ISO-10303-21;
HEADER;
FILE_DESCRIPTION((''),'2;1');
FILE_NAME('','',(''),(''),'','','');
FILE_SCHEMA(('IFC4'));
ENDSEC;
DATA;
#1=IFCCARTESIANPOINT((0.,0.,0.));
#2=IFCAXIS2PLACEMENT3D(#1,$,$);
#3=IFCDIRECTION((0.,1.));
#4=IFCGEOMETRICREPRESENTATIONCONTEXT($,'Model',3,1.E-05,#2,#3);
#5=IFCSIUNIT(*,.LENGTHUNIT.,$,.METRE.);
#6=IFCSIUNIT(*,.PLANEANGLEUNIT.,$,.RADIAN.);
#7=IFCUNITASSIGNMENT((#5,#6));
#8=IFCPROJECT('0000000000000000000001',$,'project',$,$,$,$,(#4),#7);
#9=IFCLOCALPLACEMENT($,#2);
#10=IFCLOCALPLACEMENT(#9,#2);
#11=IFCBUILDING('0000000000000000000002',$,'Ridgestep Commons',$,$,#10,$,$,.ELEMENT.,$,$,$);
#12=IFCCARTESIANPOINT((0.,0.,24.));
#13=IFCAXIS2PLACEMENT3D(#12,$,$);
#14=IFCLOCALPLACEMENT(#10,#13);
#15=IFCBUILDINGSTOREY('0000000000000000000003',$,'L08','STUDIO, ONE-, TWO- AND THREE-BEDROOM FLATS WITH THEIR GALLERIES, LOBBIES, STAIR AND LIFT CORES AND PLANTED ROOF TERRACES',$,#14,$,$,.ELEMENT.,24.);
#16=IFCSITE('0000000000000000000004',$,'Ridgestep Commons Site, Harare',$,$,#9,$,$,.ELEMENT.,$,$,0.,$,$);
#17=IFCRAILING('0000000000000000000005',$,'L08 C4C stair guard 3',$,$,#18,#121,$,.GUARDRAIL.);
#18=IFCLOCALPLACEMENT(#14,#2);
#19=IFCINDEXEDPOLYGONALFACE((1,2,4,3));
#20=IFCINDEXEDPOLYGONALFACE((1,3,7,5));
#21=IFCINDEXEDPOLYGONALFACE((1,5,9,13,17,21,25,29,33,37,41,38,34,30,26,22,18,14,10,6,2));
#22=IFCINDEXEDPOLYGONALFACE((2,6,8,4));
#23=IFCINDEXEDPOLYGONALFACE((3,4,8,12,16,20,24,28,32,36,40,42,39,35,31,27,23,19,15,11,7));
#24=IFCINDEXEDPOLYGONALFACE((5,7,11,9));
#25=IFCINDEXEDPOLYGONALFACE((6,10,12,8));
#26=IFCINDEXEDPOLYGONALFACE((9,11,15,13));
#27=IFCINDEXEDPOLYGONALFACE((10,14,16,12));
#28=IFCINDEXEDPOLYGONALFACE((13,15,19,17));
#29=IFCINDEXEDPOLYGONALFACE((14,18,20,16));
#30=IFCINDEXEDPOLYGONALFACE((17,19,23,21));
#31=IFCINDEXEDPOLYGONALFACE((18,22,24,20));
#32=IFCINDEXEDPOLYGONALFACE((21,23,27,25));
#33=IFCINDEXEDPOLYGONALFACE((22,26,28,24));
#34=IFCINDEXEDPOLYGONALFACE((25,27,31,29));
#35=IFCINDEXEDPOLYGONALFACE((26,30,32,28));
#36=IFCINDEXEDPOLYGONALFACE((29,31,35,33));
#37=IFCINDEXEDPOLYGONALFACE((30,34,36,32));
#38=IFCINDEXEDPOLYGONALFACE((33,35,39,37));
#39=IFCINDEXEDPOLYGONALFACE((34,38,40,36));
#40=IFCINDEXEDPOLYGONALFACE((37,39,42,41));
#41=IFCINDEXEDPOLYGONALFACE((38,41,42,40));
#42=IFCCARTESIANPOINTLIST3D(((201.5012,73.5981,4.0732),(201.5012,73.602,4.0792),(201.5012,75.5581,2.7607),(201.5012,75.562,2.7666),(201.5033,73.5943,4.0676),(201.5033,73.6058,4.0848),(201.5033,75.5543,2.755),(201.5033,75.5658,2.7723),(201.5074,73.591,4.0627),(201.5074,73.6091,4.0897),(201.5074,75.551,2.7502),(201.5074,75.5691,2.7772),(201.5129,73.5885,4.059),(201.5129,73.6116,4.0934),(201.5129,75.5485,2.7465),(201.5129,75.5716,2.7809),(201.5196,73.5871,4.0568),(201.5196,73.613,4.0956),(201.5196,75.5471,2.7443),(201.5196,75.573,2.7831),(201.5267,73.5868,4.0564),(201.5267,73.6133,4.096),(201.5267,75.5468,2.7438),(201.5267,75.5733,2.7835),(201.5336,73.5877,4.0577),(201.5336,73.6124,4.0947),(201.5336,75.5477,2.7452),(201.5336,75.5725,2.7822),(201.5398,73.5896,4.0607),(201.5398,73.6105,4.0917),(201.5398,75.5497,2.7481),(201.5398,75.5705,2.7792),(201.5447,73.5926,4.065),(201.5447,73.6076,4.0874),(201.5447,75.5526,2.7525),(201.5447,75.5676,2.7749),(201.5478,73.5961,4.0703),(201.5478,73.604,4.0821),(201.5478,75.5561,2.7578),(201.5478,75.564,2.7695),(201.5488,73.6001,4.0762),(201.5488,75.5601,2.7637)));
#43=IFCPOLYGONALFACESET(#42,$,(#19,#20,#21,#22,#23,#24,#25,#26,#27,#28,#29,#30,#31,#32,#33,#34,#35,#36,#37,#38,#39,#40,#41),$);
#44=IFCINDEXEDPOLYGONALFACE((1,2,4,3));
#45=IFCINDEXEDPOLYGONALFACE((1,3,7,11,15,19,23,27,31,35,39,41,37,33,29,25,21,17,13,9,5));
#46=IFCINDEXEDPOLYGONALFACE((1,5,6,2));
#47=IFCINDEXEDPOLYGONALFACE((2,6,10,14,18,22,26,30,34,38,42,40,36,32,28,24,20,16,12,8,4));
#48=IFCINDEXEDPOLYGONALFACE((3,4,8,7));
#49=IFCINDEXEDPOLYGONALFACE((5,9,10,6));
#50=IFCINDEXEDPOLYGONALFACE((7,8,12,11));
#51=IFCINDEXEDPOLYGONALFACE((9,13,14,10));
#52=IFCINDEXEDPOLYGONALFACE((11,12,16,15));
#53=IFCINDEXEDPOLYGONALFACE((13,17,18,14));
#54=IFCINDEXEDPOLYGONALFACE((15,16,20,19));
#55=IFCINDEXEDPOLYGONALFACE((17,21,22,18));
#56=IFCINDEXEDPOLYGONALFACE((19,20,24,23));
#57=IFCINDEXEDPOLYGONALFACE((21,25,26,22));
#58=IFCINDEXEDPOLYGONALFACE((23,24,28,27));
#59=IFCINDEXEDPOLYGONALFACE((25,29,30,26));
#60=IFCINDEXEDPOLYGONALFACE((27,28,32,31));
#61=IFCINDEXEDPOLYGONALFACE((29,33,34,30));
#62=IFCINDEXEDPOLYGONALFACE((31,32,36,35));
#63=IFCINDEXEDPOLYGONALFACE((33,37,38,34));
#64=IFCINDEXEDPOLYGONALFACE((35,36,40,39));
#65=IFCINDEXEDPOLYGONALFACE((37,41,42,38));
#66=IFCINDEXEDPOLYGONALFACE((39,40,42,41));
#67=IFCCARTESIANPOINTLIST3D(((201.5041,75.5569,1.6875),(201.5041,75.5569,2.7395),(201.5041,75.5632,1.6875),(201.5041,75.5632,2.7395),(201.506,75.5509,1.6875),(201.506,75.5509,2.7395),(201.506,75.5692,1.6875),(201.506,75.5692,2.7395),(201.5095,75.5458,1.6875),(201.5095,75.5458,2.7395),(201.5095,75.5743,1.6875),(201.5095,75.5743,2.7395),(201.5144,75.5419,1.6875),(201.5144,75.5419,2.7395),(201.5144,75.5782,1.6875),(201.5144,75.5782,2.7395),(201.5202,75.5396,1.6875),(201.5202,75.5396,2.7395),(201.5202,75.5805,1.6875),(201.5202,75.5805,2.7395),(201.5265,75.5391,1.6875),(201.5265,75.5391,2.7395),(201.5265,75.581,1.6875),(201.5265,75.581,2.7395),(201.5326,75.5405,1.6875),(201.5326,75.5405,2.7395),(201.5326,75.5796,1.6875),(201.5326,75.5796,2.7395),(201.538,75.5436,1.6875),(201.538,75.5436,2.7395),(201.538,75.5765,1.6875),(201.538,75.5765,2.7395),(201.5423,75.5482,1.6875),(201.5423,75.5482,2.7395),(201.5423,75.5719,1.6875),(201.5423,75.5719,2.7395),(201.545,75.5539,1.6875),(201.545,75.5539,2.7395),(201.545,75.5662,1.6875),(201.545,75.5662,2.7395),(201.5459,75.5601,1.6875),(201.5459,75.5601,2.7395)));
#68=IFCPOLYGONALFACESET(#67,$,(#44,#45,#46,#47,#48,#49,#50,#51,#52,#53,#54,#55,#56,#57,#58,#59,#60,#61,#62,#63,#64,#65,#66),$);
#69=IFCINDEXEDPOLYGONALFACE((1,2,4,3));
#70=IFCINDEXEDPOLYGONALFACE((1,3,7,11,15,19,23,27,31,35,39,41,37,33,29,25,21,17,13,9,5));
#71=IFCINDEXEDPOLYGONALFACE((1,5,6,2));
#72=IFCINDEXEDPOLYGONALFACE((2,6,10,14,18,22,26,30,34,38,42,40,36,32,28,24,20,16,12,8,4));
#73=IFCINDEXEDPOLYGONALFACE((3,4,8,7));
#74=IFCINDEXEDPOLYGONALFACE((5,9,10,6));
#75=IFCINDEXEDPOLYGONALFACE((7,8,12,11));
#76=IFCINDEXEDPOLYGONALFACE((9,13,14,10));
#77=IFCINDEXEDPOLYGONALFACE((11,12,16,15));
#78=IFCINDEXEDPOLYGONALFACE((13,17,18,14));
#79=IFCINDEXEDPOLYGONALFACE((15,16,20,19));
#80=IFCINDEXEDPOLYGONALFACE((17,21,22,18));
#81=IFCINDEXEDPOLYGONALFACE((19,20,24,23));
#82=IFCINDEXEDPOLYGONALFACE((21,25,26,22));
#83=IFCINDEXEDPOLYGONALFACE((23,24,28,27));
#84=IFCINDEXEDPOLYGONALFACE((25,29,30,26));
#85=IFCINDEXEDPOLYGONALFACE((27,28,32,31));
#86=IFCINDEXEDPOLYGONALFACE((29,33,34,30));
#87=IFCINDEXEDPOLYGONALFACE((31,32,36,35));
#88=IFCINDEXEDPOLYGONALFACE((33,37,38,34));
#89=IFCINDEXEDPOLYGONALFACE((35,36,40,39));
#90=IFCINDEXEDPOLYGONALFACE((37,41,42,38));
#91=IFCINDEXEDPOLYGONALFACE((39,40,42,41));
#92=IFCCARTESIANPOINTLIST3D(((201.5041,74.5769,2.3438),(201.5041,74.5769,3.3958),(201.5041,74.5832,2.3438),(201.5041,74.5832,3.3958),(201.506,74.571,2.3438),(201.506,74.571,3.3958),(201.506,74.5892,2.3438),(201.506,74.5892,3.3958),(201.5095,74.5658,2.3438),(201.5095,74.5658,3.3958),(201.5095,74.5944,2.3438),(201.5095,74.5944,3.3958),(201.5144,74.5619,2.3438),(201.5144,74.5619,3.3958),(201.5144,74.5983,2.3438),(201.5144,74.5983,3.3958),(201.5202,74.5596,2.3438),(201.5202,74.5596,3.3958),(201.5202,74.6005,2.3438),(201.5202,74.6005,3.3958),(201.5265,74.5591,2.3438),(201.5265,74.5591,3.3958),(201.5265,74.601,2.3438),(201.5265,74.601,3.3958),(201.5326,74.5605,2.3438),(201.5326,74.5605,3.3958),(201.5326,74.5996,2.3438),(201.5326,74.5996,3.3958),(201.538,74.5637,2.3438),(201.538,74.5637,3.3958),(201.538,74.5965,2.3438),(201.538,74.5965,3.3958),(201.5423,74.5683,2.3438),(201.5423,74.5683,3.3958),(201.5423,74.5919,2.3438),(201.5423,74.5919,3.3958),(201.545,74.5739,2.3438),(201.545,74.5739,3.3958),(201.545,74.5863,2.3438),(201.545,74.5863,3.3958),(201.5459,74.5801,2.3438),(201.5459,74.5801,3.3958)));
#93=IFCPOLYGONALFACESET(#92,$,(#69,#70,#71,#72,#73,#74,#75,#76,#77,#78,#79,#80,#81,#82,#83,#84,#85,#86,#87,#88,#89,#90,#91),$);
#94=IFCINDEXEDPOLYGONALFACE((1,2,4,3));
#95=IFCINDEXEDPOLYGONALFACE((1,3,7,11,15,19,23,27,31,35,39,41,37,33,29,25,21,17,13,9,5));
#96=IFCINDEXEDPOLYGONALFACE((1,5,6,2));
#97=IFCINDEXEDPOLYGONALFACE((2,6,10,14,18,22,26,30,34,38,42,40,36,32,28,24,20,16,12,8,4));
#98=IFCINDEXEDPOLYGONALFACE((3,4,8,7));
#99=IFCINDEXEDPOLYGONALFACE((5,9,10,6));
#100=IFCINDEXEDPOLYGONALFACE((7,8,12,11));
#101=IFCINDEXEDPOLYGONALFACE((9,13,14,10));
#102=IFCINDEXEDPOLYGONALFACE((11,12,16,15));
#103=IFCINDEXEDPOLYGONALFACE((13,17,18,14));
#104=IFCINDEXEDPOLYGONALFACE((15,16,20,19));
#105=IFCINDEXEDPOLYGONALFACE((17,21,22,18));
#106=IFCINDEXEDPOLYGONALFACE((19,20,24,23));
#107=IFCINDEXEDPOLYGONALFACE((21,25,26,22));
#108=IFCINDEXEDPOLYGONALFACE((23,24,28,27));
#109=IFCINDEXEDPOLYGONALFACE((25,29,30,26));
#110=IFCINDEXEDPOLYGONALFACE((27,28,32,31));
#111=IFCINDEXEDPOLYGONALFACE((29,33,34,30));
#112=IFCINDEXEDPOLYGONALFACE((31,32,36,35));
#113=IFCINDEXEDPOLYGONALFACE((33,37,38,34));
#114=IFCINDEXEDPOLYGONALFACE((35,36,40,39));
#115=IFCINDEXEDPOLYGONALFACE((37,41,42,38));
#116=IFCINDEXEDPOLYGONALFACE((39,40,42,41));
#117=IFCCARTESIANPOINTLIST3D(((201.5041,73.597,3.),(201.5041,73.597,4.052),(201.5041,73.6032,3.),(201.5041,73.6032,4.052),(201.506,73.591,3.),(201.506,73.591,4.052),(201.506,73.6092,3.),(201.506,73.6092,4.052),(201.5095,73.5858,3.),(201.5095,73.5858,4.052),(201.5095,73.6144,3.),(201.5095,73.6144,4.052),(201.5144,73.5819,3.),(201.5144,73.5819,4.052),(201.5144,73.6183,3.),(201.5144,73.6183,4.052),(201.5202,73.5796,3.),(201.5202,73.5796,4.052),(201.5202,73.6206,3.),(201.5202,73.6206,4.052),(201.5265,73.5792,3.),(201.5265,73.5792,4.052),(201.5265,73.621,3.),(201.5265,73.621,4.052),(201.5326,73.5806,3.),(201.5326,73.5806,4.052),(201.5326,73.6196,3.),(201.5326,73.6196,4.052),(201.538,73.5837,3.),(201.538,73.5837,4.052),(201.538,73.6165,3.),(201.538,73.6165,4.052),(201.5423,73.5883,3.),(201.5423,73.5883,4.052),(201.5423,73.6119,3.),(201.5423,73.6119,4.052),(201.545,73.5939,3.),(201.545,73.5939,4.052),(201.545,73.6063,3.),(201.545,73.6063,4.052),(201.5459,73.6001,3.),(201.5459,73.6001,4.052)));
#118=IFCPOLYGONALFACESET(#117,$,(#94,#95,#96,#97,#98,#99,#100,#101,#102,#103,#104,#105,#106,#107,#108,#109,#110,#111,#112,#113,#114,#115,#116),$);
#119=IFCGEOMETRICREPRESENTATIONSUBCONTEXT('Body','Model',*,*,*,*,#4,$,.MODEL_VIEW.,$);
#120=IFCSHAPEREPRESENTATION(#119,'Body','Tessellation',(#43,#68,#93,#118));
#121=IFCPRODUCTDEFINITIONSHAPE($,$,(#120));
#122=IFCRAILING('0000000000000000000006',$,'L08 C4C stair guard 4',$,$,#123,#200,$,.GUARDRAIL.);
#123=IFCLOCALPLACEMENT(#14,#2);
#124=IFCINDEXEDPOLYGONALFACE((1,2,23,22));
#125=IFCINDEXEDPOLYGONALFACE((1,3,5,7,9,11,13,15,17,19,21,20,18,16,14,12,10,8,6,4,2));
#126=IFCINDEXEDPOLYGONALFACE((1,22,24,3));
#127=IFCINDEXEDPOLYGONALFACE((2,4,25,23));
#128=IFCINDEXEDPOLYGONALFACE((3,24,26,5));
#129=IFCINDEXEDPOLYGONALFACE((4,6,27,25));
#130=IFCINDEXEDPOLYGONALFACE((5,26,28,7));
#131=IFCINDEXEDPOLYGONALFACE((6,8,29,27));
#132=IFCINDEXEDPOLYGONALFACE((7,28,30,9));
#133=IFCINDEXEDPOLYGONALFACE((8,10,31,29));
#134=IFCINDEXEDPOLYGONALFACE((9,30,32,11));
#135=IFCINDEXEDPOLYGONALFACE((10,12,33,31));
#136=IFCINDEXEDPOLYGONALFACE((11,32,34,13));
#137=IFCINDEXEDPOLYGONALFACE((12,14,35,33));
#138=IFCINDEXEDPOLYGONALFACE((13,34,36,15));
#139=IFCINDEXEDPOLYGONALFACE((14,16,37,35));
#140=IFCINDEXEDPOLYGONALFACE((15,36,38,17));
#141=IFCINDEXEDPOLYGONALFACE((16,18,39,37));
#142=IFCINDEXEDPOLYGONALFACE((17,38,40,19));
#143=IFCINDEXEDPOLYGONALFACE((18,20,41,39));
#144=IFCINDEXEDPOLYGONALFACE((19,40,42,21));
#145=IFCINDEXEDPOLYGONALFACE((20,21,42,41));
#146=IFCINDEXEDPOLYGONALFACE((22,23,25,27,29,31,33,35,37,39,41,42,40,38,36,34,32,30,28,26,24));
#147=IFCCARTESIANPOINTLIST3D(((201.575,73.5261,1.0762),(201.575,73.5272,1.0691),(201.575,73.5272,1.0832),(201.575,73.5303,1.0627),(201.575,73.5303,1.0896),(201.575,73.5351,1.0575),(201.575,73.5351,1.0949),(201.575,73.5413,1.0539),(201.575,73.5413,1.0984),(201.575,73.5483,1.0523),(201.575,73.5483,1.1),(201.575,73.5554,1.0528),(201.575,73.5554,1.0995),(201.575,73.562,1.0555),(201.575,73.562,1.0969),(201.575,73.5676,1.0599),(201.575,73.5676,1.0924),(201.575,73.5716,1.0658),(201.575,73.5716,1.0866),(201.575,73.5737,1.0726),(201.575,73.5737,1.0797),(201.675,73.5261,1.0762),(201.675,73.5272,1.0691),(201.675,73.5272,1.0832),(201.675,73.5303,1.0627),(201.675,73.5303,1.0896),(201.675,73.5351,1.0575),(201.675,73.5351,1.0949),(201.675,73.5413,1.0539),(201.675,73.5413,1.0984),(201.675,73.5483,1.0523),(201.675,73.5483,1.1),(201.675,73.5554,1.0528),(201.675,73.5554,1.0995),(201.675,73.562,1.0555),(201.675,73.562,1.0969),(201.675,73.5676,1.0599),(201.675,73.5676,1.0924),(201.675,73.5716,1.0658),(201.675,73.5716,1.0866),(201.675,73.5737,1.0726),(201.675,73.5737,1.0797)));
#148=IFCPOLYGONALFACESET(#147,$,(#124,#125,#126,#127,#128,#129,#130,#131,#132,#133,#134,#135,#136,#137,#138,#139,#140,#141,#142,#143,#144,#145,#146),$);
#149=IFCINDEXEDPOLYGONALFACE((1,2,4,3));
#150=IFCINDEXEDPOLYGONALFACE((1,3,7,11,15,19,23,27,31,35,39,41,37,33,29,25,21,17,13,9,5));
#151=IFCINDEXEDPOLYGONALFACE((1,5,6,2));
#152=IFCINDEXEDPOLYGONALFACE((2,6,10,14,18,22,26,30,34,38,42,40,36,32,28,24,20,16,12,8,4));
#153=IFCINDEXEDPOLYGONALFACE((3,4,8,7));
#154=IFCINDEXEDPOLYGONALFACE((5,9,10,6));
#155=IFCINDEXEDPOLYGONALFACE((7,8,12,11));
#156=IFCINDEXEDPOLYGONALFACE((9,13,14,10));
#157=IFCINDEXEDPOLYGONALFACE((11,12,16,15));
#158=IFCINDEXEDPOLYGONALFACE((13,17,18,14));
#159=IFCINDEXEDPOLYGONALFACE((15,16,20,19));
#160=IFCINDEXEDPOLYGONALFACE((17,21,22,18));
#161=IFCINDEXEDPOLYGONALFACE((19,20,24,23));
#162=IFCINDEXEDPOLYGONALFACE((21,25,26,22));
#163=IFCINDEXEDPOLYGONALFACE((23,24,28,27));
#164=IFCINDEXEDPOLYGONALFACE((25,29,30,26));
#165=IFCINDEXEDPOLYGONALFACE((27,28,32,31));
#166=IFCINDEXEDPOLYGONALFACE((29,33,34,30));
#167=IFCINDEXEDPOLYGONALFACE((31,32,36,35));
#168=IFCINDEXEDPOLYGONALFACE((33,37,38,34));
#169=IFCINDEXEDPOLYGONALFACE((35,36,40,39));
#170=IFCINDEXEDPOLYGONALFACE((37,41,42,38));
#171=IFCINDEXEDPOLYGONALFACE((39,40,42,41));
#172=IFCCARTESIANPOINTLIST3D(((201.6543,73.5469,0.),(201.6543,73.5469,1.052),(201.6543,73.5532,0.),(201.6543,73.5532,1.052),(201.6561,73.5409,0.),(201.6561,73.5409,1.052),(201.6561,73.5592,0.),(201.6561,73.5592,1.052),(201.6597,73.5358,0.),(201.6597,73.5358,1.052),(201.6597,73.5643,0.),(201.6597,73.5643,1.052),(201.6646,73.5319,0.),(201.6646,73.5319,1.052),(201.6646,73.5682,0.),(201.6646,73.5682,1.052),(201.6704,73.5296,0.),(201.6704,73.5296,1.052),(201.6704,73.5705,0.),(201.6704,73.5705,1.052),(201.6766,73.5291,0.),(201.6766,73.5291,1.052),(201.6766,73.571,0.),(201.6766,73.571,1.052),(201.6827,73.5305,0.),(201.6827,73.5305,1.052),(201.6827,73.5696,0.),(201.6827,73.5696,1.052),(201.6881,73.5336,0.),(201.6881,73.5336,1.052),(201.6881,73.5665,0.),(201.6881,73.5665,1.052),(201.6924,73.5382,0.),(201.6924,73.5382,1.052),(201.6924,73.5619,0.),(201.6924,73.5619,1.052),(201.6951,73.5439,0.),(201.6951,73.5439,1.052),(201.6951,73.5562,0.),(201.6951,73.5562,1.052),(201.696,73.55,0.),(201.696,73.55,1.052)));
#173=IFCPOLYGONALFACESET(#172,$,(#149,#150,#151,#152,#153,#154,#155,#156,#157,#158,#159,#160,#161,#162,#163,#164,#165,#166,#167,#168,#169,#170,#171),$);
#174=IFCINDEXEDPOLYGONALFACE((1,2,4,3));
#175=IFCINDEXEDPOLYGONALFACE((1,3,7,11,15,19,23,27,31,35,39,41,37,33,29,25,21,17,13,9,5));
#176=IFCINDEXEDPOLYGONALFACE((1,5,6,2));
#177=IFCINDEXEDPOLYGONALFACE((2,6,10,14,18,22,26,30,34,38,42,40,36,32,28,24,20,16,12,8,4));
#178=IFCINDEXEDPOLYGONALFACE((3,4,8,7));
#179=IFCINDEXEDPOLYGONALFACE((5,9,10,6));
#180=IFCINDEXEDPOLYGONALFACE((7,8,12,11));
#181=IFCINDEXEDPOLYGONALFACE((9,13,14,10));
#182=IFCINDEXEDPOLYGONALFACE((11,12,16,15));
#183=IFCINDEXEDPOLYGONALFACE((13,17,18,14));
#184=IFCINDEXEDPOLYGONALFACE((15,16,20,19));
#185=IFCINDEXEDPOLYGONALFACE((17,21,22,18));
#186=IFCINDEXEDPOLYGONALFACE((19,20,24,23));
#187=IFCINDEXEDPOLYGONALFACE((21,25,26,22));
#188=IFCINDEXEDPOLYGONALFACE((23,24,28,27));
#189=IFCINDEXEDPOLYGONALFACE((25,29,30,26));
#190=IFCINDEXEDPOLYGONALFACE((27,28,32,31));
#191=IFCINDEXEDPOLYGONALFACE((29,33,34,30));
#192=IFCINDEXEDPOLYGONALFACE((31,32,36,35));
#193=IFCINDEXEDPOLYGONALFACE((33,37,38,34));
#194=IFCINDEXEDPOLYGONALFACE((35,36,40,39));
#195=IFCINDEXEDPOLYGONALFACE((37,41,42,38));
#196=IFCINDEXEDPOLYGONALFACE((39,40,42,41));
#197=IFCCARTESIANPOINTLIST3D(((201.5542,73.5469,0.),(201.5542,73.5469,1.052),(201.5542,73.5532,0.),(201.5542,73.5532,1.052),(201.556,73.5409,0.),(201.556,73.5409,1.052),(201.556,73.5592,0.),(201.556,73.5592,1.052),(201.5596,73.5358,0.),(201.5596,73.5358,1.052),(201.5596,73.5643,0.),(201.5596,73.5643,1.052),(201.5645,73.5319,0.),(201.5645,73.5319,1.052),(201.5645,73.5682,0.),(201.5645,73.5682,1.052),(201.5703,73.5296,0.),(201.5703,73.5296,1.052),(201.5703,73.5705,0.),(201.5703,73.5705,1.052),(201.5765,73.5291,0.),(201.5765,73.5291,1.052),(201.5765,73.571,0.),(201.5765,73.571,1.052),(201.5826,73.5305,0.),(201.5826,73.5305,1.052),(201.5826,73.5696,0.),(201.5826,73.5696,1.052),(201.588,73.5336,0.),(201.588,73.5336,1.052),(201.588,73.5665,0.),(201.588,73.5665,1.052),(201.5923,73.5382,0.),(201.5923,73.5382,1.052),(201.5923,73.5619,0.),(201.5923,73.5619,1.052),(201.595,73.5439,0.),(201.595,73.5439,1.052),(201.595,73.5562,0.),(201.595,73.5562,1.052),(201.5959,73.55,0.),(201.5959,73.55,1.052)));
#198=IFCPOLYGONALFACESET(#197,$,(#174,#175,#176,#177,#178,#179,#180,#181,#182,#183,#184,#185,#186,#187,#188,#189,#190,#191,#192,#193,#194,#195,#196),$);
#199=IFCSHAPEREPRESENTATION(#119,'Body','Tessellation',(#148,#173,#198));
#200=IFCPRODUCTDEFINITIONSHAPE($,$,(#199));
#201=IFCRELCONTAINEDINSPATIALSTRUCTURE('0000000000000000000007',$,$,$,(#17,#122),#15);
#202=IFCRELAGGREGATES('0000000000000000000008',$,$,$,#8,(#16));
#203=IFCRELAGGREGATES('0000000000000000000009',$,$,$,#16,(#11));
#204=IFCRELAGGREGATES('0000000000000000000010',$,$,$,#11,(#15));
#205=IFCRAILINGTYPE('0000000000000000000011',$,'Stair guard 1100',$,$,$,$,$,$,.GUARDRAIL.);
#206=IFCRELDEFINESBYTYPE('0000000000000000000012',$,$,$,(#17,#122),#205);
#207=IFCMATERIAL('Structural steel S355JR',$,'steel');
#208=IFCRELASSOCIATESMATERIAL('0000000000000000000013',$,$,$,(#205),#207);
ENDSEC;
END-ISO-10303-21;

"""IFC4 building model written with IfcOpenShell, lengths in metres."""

from ifc_helpers import new_model, si_unit, direction, frame, origin, origin_2d, place, context, subcontext, project, spatial, circle, extrude, material, type_object, element, save


model = new_model("IFC4")

# Units and contexts
model_context = context("Model", 3, precision=1e-05, world=origin(), true_north=direction((0.0, 1.0)))
body_context = subcontext(model_context, "Body", "Model", "MODEL_VIEW")
ifc_project = project(units=[si_unit("LENGTHUNIT", "METRE"), si_unit("PLANEANGLEUNIT", "RADIAN")], contexts=[model_context])

# Site, building, storey
site_placement = place(None, origin())
site = spatial("IfcSite", under=ifc_project, at=site_placement, Name="Ridgestep Commons Site, Harare", CompositionType="ELEMENT", RefElevation=0.0)
building_placement = place(site_placement, origin())
building = spatial("IfcBuilding", under=site, at=building_placement, Name="Ridgestep Commons", CompositionType="ELEMENT")
storey_placement = place(building_placement, frame((0.0, 0.0, 24.0)))
storey = spatial("IfcBuildingStorey", under=building, at=storey_placement, Name="L08", Description="STUDIO, ONE-, TWO- AND THREE-BEDROOM FLATS WITH THEIR GALLERIES, LOBBIES, STAIR AND LIFT CORES AND PLANTED ROOF TERRACES", CompositionType="ELEMENT", Elevation=24.0)

# Railings
ifc_material_1 = material(Name="Structural steel S355JR", Category="steel")
railing_type_1 = type_object("IfcRailingType", Name="Stair guard 1100", PredefinedType="GUARDRAIL", material=ifc_material_1)
railing_1_placement = place(storey_placement, frame((201.5249, 75.5601, 1.6875)))
element("IfcRailing", 1, at=railing_1_placement, inside=storey, type_object=railing_type_1, Name="L08 C4C stair guard 3", PredefinedType="GUARDRAIL", context=body_context, shape_type="SweptSolid", body=[
    extrude(circle(Radius=0.0239, at=origin_2d()), frame((0.0, 0.0, 1.0762), z_axis=(0.0, -0.830902, 0.556419), x_axis=(1.0, 0.0, 0.0)), (0.0, 0.0, 1.0), 2.3589),
    extrude(circle(Radius=0.021, at=origin_2d()), origin(), (0.0, 0.0, 1.0), 1.052),
    extrude(circle(Radius=0.021, at=origin_2d()), frame((0.0, -0.98, 0.6562)), (0.0, 0.0, 1.0), 1.052),
    extrude(circle(Radius=0.021, at=origin_2d()), frame((0.0, -1.96, 1.3125)), (0.0, 0.0, 1.0), 1.052),
])
railing_2_placement = place(storey_placement, frame((201.675, 73.55, 0.0)))
element("IfcRailing", 2, at=railing_2_placement, inside=storey, type_object=railing_type_1, Name="L08 C4C stair guard 4", PredefinedType="GUARDRAIL", context=body_context, shape_type="SweptSolid", body=[
    extrude(circle(Radius=0.0239, at=origin_2d()), frame((0.0, 0.0, 1.0762), z_axis=(-1.0, 0.0, 0.0), x_axis=(0.0, -1.0, 0.0)), (0.0, 0.0, 1.0), 0.1001),
    extrude(circle(Radius=0.021, at=origin_2d()), origin(), (0.0, 0.0, 1.0), 1.052),
    extrude(circle(Radius=0.021, at=origin_2d()), frame((-0.1001, 0.0, 0.0)), (0.0, 0.0, 1.0), 1.052),
])

save(model, "model.ifc")
